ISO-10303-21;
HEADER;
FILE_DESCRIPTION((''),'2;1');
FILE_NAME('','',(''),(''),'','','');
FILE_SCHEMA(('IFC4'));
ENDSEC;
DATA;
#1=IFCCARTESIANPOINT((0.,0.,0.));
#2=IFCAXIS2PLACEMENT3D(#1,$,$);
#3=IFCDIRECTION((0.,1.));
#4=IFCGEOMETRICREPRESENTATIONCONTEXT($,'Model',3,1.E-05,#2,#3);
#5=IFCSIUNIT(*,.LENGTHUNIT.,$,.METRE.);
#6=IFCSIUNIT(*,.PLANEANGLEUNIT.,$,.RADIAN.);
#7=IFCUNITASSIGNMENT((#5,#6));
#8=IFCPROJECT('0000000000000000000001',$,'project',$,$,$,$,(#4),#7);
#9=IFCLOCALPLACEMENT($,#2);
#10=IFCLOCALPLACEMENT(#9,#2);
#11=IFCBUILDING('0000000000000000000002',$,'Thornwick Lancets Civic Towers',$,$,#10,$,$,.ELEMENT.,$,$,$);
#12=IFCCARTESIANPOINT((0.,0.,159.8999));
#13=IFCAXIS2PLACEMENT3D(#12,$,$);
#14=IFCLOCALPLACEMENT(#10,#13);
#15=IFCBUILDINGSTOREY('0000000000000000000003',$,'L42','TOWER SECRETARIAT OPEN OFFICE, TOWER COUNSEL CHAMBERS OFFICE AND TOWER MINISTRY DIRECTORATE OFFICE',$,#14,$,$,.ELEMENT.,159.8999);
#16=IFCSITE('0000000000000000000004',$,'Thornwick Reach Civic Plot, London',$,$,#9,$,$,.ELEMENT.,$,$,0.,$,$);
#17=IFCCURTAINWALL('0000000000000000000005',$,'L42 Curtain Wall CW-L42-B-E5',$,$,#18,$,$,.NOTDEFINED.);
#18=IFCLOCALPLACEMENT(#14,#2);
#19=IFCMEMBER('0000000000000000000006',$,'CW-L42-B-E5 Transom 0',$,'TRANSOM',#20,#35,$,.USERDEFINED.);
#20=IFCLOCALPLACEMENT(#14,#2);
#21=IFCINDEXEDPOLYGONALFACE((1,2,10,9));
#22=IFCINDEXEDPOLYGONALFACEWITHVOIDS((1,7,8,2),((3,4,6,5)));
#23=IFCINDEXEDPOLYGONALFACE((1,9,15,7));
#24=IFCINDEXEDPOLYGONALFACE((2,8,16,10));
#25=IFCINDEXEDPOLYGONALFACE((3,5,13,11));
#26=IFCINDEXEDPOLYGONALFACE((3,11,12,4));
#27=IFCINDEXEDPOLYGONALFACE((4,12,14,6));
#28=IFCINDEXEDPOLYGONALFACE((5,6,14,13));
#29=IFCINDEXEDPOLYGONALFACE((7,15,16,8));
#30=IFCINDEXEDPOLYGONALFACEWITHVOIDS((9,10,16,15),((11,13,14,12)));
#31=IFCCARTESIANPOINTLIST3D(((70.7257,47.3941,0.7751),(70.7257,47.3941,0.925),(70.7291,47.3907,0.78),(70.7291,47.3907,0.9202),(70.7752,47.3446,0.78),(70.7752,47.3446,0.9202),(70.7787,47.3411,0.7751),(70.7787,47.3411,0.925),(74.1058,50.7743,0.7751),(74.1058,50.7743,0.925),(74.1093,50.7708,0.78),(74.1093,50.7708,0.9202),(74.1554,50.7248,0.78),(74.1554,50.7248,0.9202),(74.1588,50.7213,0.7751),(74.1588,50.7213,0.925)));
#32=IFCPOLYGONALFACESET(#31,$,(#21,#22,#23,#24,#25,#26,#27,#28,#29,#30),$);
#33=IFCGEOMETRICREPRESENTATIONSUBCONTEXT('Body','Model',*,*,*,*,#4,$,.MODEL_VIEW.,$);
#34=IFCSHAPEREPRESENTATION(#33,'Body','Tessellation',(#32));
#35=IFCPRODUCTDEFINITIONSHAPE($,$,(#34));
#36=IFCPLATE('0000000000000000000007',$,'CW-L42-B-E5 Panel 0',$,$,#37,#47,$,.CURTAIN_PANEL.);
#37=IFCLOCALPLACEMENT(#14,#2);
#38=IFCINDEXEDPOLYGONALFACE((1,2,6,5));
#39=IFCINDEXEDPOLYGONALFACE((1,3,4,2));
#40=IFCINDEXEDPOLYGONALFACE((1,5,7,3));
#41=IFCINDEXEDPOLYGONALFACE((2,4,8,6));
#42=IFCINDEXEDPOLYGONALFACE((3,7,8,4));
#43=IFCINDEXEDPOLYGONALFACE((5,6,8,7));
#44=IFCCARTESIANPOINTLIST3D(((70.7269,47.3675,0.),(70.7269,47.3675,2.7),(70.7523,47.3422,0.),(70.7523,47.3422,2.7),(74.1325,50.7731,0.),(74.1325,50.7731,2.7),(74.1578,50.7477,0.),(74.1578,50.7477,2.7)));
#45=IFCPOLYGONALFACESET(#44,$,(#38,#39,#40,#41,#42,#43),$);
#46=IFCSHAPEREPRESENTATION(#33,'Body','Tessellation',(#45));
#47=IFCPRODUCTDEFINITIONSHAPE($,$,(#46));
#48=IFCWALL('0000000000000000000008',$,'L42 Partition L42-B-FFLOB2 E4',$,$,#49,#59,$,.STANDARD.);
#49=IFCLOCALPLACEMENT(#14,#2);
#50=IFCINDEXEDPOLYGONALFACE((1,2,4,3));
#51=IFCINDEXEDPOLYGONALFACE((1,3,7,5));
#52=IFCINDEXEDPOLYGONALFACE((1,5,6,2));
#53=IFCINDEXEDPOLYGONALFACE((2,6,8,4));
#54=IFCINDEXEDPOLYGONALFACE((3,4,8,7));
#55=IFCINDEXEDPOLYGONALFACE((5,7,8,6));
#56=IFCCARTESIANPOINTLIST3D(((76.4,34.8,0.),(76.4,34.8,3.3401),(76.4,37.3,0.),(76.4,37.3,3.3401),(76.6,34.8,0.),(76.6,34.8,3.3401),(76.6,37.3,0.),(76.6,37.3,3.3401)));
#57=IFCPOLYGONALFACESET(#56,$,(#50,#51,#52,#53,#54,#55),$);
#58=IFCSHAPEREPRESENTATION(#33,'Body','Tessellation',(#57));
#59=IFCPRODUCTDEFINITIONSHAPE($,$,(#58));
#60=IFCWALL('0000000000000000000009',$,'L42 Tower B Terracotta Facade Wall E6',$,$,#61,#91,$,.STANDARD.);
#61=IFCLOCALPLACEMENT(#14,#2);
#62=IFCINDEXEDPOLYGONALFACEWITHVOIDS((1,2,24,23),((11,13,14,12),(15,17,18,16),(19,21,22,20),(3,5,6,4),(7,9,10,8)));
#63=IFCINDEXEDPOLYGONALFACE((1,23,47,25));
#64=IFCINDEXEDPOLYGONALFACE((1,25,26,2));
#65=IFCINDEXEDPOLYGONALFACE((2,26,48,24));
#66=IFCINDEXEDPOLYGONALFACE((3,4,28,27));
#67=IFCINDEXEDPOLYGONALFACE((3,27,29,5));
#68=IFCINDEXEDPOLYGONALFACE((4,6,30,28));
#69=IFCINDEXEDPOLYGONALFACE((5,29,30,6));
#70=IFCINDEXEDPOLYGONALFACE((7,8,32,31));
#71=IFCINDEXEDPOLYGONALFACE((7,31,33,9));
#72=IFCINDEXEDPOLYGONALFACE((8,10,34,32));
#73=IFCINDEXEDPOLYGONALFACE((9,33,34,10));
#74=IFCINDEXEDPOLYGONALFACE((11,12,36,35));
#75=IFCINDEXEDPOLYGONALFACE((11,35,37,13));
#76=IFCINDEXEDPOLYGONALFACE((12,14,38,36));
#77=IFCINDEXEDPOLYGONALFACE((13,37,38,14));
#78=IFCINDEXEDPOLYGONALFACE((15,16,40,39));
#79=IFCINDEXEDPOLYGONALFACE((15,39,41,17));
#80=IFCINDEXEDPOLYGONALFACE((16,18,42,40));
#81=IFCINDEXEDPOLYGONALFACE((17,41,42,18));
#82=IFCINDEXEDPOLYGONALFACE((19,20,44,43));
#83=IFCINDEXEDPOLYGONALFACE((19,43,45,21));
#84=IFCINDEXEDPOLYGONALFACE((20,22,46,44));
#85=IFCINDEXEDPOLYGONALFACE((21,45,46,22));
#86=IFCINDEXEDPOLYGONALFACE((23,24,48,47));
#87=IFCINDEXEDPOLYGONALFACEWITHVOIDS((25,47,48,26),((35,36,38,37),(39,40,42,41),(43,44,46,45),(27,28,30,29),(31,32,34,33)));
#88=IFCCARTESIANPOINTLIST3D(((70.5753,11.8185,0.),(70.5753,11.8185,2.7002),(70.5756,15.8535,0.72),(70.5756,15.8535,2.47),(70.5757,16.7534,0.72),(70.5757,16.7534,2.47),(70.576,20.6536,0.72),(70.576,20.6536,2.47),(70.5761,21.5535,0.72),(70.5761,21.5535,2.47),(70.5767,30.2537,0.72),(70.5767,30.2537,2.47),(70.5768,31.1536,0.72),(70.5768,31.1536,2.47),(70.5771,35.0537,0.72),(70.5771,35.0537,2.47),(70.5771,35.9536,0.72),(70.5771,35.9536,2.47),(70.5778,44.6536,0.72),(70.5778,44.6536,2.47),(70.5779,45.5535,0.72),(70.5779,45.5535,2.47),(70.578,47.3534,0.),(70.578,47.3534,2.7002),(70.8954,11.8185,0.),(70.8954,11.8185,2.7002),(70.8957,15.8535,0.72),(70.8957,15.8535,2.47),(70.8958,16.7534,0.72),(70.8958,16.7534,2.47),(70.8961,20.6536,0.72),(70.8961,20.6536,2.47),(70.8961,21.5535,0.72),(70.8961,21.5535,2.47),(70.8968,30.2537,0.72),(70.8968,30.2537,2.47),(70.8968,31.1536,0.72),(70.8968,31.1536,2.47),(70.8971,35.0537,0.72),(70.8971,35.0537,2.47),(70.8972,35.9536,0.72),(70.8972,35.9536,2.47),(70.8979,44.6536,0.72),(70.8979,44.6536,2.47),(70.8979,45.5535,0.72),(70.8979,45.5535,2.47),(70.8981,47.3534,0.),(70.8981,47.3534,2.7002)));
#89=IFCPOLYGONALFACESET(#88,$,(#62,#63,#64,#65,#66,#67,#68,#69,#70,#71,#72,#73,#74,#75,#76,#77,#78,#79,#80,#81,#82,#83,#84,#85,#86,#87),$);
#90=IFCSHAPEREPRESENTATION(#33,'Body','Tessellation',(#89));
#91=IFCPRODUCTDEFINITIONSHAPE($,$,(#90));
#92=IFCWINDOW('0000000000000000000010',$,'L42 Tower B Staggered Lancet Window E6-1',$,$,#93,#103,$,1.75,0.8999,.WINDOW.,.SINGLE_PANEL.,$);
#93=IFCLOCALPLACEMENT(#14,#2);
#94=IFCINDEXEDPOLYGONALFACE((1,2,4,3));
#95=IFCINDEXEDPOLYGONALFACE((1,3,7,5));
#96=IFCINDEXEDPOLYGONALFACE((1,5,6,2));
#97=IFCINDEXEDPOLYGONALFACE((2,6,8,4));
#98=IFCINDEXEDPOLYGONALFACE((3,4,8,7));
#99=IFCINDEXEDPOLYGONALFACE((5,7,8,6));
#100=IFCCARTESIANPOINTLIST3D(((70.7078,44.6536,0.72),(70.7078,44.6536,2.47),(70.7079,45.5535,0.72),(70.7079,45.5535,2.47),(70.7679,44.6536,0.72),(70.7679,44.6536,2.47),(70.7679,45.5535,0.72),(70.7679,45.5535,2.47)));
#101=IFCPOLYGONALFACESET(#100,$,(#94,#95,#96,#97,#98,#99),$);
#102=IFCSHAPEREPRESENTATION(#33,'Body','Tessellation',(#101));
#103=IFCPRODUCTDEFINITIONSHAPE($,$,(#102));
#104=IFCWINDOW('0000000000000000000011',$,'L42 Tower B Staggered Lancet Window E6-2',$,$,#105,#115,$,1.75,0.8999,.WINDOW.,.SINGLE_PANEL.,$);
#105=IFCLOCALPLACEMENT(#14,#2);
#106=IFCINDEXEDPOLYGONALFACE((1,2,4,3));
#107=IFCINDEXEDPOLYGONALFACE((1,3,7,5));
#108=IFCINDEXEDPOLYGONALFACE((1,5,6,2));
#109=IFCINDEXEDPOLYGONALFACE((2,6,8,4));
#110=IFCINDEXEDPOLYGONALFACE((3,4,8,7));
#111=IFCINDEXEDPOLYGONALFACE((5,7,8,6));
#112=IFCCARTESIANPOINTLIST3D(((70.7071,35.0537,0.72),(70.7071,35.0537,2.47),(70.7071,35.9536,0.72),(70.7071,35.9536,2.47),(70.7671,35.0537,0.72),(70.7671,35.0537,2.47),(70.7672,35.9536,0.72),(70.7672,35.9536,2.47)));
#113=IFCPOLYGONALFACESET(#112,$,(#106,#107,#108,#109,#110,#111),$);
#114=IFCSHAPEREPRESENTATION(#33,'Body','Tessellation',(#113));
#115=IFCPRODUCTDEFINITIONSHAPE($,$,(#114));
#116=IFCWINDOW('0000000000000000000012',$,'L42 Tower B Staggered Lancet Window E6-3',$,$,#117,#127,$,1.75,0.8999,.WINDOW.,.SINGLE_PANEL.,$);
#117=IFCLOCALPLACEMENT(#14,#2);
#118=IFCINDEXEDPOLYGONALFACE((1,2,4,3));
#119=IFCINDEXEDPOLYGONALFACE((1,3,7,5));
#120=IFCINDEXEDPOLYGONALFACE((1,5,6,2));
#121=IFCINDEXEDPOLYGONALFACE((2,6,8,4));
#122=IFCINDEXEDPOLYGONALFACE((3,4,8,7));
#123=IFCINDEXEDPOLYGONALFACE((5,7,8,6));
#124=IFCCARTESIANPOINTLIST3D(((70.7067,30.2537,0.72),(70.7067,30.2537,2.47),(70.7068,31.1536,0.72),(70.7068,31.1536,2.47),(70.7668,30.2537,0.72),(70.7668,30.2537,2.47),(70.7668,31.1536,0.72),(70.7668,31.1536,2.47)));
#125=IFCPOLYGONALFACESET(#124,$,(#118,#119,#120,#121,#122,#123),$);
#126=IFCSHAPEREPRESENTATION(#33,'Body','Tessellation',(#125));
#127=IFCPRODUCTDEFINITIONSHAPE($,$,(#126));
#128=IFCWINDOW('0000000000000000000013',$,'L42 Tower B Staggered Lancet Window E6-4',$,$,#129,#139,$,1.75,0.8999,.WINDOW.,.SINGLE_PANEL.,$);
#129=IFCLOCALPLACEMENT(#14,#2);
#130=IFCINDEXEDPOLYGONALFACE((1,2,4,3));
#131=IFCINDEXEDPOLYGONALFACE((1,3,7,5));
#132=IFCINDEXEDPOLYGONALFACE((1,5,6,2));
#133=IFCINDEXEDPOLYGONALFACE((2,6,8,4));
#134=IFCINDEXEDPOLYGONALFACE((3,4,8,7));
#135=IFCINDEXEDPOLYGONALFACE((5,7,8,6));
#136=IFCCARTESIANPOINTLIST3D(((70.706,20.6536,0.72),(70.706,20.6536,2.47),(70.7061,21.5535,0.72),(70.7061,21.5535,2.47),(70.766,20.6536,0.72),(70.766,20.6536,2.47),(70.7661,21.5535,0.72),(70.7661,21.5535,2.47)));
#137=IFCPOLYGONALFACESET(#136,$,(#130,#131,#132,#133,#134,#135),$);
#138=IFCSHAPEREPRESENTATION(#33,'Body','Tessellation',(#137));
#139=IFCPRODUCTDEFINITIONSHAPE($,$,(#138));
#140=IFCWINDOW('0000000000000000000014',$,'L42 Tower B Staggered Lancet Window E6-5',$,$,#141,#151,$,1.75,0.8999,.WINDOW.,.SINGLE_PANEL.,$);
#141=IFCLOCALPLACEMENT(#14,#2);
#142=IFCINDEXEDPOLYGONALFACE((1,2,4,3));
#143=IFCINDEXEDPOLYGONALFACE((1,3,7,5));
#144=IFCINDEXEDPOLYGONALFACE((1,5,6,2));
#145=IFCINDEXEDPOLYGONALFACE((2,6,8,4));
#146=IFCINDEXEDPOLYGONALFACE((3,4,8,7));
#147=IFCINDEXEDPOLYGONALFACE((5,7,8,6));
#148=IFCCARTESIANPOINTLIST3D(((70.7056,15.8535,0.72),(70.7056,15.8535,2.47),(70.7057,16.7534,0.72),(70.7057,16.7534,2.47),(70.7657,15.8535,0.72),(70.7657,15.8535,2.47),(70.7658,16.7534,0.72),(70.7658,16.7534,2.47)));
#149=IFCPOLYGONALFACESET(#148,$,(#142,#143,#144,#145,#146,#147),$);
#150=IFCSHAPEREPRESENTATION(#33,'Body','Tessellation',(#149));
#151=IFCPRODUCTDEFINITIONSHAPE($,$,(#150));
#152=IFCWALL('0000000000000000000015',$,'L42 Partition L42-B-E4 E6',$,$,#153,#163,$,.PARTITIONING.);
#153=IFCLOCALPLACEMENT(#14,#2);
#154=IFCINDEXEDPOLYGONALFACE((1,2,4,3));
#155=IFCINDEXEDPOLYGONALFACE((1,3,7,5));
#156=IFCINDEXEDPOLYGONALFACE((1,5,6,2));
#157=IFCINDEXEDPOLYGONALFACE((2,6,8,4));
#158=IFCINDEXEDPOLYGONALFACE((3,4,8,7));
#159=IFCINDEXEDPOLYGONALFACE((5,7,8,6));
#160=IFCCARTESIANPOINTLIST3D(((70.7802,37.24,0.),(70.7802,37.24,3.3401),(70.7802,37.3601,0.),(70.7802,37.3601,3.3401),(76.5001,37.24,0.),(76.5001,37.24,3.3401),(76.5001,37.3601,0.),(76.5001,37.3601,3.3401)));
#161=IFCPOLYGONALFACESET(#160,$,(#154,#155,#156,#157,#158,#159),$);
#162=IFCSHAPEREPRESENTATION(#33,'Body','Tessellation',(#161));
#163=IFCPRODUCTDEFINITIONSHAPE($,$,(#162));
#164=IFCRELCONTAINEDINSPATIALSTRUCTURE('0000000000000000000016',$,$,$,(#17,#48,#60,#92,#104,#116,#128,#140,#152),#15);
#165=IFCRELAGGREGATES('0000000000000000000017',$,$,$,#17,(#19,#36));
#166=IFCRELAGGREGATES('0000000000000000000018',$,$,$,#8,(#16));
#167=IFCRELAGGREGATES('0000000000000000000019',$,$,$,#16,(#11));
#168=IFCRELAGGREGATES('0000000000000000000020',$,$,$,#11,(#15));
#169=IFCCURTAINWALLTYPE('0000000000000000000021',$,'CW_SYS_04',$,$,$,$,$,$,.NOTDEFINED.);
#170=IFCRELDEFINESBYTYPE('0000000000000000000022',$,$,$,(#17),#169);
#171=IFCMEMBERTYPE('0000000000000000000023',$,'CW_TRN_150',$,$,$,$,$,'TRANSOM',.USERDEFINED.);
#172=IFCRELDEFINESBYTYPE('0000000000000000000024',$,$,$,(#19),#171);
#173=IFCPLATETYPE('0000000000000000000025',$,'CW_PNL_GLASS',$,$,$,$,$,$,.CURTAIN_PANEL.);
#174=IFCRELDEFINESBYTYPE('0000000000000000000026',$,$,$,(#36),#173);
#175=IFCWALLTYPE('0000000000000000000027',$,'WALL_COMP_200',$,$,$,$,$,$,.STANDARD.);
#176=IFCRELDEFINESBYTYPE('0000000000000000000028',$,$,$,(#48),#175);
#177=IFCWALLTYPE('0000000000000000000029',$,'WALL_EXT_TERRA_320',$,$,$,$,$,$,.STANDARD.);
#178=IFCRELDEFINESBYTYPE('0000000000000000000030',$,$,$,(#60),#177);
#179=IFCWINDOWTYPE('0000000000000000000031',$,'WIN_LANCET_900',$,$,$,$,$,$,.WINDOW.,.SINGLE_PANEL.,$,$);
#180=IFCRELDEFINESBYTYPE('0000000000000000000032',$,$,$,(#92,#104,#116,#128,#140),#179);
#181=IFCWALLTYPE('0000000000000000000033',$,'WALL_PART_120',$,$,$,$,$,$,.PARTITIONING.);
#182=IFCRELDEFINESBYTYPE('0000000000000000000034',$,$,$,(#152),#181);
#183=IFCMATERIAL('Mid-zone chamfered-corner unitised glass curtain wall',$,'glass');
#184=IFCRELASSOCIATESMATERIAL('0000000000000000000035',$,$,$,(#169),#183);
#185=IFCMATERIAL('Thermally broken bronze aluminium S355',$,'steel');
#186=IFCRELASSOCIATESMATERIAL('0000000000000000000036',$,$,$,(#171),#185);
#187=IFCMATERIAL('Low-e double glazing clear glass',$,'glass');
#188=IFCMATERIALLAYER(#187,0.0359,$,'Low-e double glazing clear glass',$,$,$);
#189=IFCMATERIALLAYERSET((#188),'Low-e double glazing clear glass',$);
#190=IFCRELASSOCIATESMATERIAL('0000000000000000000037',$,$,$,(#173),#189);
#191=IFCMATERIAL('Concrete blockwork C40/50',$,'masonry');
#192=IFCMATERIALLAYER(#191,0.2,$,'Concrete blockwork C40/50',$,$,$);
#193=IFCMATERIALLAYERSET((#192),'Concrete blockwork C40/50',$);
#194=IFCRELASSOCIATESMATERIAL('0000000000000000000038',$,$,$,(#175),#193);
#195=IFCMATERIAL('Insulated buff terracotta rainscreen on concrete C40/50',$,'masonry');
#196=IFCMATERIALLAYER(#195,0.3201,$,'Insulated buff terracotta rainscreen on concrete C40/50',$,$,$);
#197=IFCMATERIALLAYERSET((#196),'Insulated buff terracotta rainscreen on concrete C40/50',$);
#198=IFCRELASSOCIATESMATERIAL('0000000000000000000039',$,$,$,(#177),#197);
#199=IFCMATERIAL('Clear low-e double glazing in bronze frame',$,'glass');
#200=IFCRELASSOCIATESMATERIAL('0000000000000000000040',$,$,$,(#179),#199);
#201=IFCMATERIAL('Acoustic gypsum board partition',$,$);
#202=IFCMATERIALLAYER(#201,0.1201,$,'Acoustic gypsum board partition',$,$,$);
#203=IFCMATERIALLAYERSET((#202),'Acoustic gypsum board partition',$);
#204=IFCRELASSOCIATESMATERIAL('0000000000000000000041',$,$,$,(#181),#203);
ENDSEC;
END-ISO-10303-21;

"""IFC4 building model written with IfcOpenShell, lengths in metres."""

from ifc_helpers import new_model, si_unit, direction, frame, frame_2d, origin, origin_2d, place, context, subcontext, project, spatial, rectangle, hollow_rectangle, extrude, material, layer, layer_set, material_profile, profile_set, type_object, element, fill, aggregate, save


model = new_model("IFC4")

# Units and contexts
model_context = context("Model", 3, precision=1e-05, world=origin(), true_north=direction((0.0, 1.0)))
body_context = subcontext(model_context, "Body", "Model", "MODEL_VIEW")
ifc_project = project(units=[si_unit("LENGTHUNIT", "METRE"), si_unit("PLANEANGLEUNIT", "RADIAN")], contexts=[model_context])

# Site, building, storey
site_placement = place(None, origin())
site = spatial("IfcSite", under=ifc_project, at=site_placement, Name="Thornwick Reach Civic Plot, London", CompositionType="ELEMENT", RefElevation=0.0)
building_placement = place(site_placement, origin())
building = spatial("IfcBuilding", under=site, at=building_placement, Name="Thornwick Lancets Civic Towers", CompositionType="ELEMENT")
storey_placement = place(building_placement, frame((0.0, 0.0, 159.8999)))
storey = spatial("IfcBuildingStorey", under=building, at=storey_placement, Name="L42", Description="TOWER SECRETARIAT OPEN OFFICE, TOWER COUNSEL CHAMBERS OFFICE AND TOWER MINISTRY DIRECTORATE OFFICE", CompositionType="ELEMENT", Elevation=159.8999)

# Curtain wall, member, plate
ifc_material_1 = material(Name="Mid-zone chamfered-corner unitised glass curtain wall", Category="glass")
curtain_wall_type = type_object("IfcCurtainWallType", Name="CW_SYS_04", PredefinedType="NOTDEFINED", material=ifc_material_1)
curtain_wall_placement = place(storey_placement, origin())
curtain_wall = element("IfcCurtainWall", 1, at=curtain_wall_placement, inside=storey, type_object=curtain_wall_type, Name="L42 Curtain Wall CW-L42-B-E5", PredefinedType="NOTDEFINED")
ifc_material_2 = material(Name="Thermally broken bronze aluminium S355", Category="steel")
ifc_material_profile_1 = material_profile(ifc_material_2, hollow_rectangle(XDim=0.075, YDim=0.1499, WallThickness=0.0049, at=origin_2d()), Name="RHS 150x75x5")
ifc_profile_set_1 = profile_set([ifc_material_profile_1], Name="Thermally broken bronze aluminium S355")
member_type_1 = type_object("IfcMemberType", Name="CW_TRN_150", ElementType="TRANSOM", PredefinedType="USERDEFINED", material=ifc_profile_set_1)
member_1_placement = place(storey_placement, frame((74.1323, 50.7478, 0.8501), z_axis=(-0.707107, -0.707107, 0.0), x_axis=(0.707107, -0.707107, 0.0)))
member_1 = element("IfcMember", 2, at=member_1_placement, type_object=member_type_1, Name="CW-L42-B-E5 Transom 0", ObjectType="TRANSOM", PredefinedType="USERDEFINED", context=body_context, shape_type="SweptSolid", body=[
    extrude(hollow_rectangle(XDim=0.075, YDim=0.1499, WallThickness=0.0049, at=origin_2d()), origin(), (0.0, 0.0, 1.0), 4.7803),
])
ifc_material_3 = material(Name="Low-e double glazing clear glass", Category="glass")
ifc_layer_1 = layer(ifc_material_3, 0.0359, Name="Low-e double glazing clear glass")
ifc_layer_set_1 = layer_set([ifc_layer_1], Name="Low-e double glazing clear glass")
plate_type = type_object("IfcPlateType", Name="CW_PNL_GLASS", PredefinedType="CURTAIN_PANEL", material=ifc_layer_set_1)
plate_placement = place(storey_placement, frame((72.4424, 49.0576, 0.0), z_axis=(0.0, 0.0, 1.0), x_axis=(-0.707107, -0.707107, 0.0)))
plate = element("IfcPlate", 3, at=plate_placement, type_object=plate_type, Name="CW-L42-B-E5 Panel 0", PredefinedType="CURTAIN_PANEL", context=body_context, shape_type="SweptSolid", body=[
    extrude(rectangle(XDim=4.8162, YDim=0.0359, at=origin_2d()), origin(), (0.0, 0.0, 1.0), 2.7),
])
aggregate(curtain_wall, [member_1, plate])

# Wall
ifc_material_4 = material(Name="Concrete blockwork C40/50", Category="masonry")
ifc_layer_2 = layer(ifc_material_4, 0.2, Name="Concrete blockwork C40/50")
ifc_layer_set_2 = layer_set([ifc_layer_2], Name="Concrete blockwork C40/50")
wall_type_1 = type_object("IfcWallType", Name="WALL_COMP_200", PredefinedType="STANDARD", material=ifc_layer_set_2)
wall_1_placement = place(storey_placement, frame((76.5, 37.3, 0.0), z_axis=(0.0, 0.0, 1.0), x_axis=(0.0, -1.0, 0.0)))
element("IfcWall", 4, at=wall_1_placement, inside=storey, type_object=wall_type_1, Name="L42 Partition L42-B-FFLOB2 E4", PredefinedType="STANDARD", context=body_context, shape_type="SweptSolid", body=[
    extrude(rectangle(XDim=2.5, YDim=0.2, at=frame_2d((1.25, 0.0))), origin(), (0.0, 0.0, 1.0), 3.3401),
])

# Wall, openings, windows
ifc_material_5 = material(Name="Insulated buff terracotta rainscreen on concrete C40/50", Category="masonry")
ifc_layer_3 = layer(ifc_material_5, 0.3201, Name="Insulated buff terracotta rainscreen on concrete C40/50")
ifc_layer_set_3 = layer_set([ifc_layer_3], Name="Insulated buff terracotta rainscreen on concrete C40/50")
wall_type_2 = type_object("IfcWallType", Name="WALL_EXT_TERRA_320", PredefinedType="STANDARD", material=ifc_layer_set_3)
wall_2_placement = place(storey_placement, frame((70.738, 47.3535, 0.0), z_axis=(0.0, 0.0, 1.0), x_axis=(-0.000076, -1.0, 0.0)))
wall_2 = element("IfcWall", 5, at=wall_2_placement, inside=storey, type_object=wall_type_2, Name="L42 Tower B Terracotta Facade Wall E6", PredefinedType="STANDARD", context=body_context, shape_type="SweptSolid", body=[
    extrude(rectangle(XDim=35.5349, YDim=0.3201, at=frame_2d((17.7676, 0.0))), origin(), (0.0, 0.0, 1.0), 2.7002),
])
opening_1_placement = place(wall_2_placement, frame((1.8, 0.0, 0.72)))
opening_1 = element("IfcOpeningElement", 6, at=opening_1_placement, cuts=wall_2, PredefinedType="OPENING", context=body_context, shape_type="SweptSolid", body=[
    extrude(rectangle(XDim=0.8999, YDim=1.75, at=frame_2d((0.45, 0.875))), frame((0.0, 0.1699, 0.0), z_axis=(0.0, -1.0, 0.0), x_axis=(1.0, 0.0, 0.0)), (0.0, 0.0, 1.0), 0.3401),
])
opening_2_placement = place(wall_2_placement, frame((11.3999, 0.0, 0.72)))
opening_2 = element("IfcOpeningElement", 7, at=opening_2_placement, cuts=wall_2, PredefinedType="OPENING", context=body_context, shape_type="SweptSolid", body=[
    extrude(rectangle(XDim=0.8999, YDim=1.75, at=frame_2d((0.45, 0.875))), frame((0.0, 0.1699, 0.0), z_axis=(0.0, -1.0, 0.0), x_axis=(1.0, 0.0, 0.0)), (0.0, 0.0, 1.0), 0.3401),
])
opening_3_placement = place(wall_2_placement, frame((16.2, 0.0, 0.72)))
opening_3 = element("IfcOpeningElement", 8, at=opening_3_placement, cuts=wall_2, PredefinedType="OPENING", context=body_context, shape_type="SweptSolid", body=[
    extrude(rectangle(XDim=0.8999, YDim=1.75, at=frame_2d((0.45, 0.875))), frame((0.0, 0.1699, 0.0), z_axis=(0.0, -1.0, 0.0), x_axis=(1.0, 0.0, 0.0)), (0.0, 0.0, 1.0), 0.3401),
])
opening_4_placement = place(wall_2_placement, frame((25.8, 0.0, 0.72)))
opening_4 = element("IfcOpeningElement", 9, at=opening_4_placement, cuts=wall_2, PredefinedType="OPENING", context=body_context, shape_type="SweptSolid", body=[
    extrude(rectangle(XDim=0.8999, YDim=1.75, at=frame_2d((0.45, 0.875))), frame((0.0, 0.1699, 0.0), z_axis=(0.0, -1.0, 0.0), x_axis=(1.0, 0.0, 0.0)), (0.0, 0.0, 1.0), 0.3401),
])
opening_5_placement = place(wall_2_placement, frame((30.6001, 0.0, 0.72)))
opening_5 = element("IfcOpeningElement", 10, at=opening_5_placement, cuts=wall_2, PredefinedType="OPENING", context=body_context, shape_type="SweptSolid", body=[
    extrude(rectangle(XDim=0.8999, YDim=1.75, at=frame_2d((0.45, 0.875))), frame((0.0, 0.1699, 0.0), z_axis=(0.0, -1.0, 0.0), x_axis=(1.0, 0.0, 0.0)), (0.0, 0.0, 1.0), 0.3401),
])
ifc_material_6 = material(Name="Clear low-e double glazing in bronze frame", Category="glass")
window_type = type_object("IfcWindowType", Name="WIN_LANCET_900", PartitioningType="SINGLE_PANEL", PredefinedType="WINDOW", material=ifc_material_6)
window_1_placement = place(opening_1_placement, origin())
window_1 = element("IfcWindow", 11, at=window_1_placement, inside=storey, type_object=window_type, Name="L42 Tower B Staggered Lancet Window E6-1", OverallHeight=1.75, OverallWidth=0.8999, PartitioningType="SINGLE_PANEL", PredefinedType="WINDOW", context=body_context, shape_type="SweptSolid", body=[
    extrude(rectangle(XDim=0.8999, YDim=1.75, at=frame_2d((0.45, 0.875))), frame((0.0, 0.03, 0.0), z_axis=(0.0, -1.0, 0.0), x_axis=(1.0, 0.0, 0.0)), (0.0, 0.0, 1.0), 0.0601),
])
fill(opening_1, window_1)
window_2_placement = place(opening_2_placement, origin())
window_2 = element("IfcWindow", 12, at=window_2_placement, inside=storey, type_object=window_type, Name="L42 Tower B Staggered Lancet Window E6-2", OverallHeight=1.75, OverallWidth=0.8999, PartitioningType="SINGLE_PANEL", PredefinedType="WINDOW", context=body_context, shape_type="SweptSolid", body=[
    extrude(rectangle(XDim=0.8999, YDim=1.75, at=frame_2d((0.45, 0.875))), frame((0.0, 0.03, 0.0), z_axis=(0.0, -1.0, 0.0), x_axis=(1.0, 0.0, 0.0)), (0.0, 0.0, 1.0), 0.0601),
])
fill(opening_2, window_2)
window_3_placement = place(opening_3_placement, origin())
window_3 = element("IfcWindow", 13, at=window_3_placement, inside=storey, type_object=window_type, Name="L42 Tower B Staggered Lancet Window E6-3", OverallHeight=1.75, OverallWidth=0.8999, PartitioningType="SINGLE_PANEL", PredefinedType="WINDOW", context=body_context, shape_type="SweptSolid", body=[
    extrude(rectangle(XDim=0.8999, YDim=1.75, at=frame_2d((0.45, 0.875))), frame((0.0, 0.03, 0.0), z_axis=(0.0, -1.0, 0.0), x_axis=(1.0, 0.0, 0.0)), (0.0, 0.0, 1.0), 0.0601),
])
fill(opening_3, window_3)
window_4_placement = place(opening_4_placement, origin())
window_4 = element("IfcWindow", 14, at=window_4_placement, inside=storey, type_object=window_type, Name="L42 Tower B Staggered Lancet Window E6-4", OverallHeight=1.75, OverallWidth=0.8999, PartitioningType="SINGLE_PANEL", PredefinedType="WINDOW", context=body_context, shape_type="SweptSolid", body=[
    extrude(rectangle(XDim=0.8999, YDim=1.75, at=frame_2d((0.45, 0.875))), frame((0.0, 0.03, 0.0), z_axis=(0.0, -1.0, 0.0), x_axis=(1.0, 0.0, 0.0)), (0.0, 0.0, 1.0), 0.0601),
])
fill(opening_4, window_4)
window_5_placement = place(opening_5_placement, origin())
window_5 = element("IfcWindow", 15, at=window_5_placement, inside=storey, type_object=window_type, Name="L42 Tower B Staggered Lancet Window E6-5", OverallHeight=1.75, OverallWidth=0.8999, PartitioningType="SINGLE_PANEL", PredefinedType="WINDOW", context=body_context, shape_type="SweptSolid", body=[
    extrude(rectangle(XDim=0.8999, YDim=1.75, at=frame_2d((0.45, 0.875))), frame((0.0, 0.03, 0.0), z_axis=(0.0, -1.0, 0.0), x_axis=(1.0, 0.0, 0.0)), (0.0, 0.0, 1.0), 0.0601),
])
fill(opening_5, window_5)

# Wall
ifc_material_7 = material(Name="Acoustic gypsum board partition")
ifc_layer_4 = layer(ifc_material_7, 0.1201, Name="Acoustic gypsum board partition")
ifc_layer_set_4 = layer_set([ifc_layer_4], Name="Acoustic gypsum board partition")
wall_type_3 = type_object("IfcWallType", Name="WALL_PART_120", PredefinedType="PARTITIONING", material=ifc_layer_set_4)
wall_3_placement = place(storey_placement, frame((76.5, 37.3, 0.0), z_axis=(0.0, 0.0, 1.0), x_axis=(-1.0, 0.0, 0.0)))
element("IfcWall", 16, at=wall_3_placement, inside=storey, type_object=wall_type_3, Name="L42 Partition L42-B-E4 E6", PredefinedType="PARTITIONING", context=body_context, shape_type="SweptSolid", body=[
    extrude(rectangle(XDim=5.72, YDim=0.1201, at=frame_2d((2.8599, 0.0))), origin(), (0.0, 0.0, 1.0), 3.3401),
])

save(model, "model.ifc")
